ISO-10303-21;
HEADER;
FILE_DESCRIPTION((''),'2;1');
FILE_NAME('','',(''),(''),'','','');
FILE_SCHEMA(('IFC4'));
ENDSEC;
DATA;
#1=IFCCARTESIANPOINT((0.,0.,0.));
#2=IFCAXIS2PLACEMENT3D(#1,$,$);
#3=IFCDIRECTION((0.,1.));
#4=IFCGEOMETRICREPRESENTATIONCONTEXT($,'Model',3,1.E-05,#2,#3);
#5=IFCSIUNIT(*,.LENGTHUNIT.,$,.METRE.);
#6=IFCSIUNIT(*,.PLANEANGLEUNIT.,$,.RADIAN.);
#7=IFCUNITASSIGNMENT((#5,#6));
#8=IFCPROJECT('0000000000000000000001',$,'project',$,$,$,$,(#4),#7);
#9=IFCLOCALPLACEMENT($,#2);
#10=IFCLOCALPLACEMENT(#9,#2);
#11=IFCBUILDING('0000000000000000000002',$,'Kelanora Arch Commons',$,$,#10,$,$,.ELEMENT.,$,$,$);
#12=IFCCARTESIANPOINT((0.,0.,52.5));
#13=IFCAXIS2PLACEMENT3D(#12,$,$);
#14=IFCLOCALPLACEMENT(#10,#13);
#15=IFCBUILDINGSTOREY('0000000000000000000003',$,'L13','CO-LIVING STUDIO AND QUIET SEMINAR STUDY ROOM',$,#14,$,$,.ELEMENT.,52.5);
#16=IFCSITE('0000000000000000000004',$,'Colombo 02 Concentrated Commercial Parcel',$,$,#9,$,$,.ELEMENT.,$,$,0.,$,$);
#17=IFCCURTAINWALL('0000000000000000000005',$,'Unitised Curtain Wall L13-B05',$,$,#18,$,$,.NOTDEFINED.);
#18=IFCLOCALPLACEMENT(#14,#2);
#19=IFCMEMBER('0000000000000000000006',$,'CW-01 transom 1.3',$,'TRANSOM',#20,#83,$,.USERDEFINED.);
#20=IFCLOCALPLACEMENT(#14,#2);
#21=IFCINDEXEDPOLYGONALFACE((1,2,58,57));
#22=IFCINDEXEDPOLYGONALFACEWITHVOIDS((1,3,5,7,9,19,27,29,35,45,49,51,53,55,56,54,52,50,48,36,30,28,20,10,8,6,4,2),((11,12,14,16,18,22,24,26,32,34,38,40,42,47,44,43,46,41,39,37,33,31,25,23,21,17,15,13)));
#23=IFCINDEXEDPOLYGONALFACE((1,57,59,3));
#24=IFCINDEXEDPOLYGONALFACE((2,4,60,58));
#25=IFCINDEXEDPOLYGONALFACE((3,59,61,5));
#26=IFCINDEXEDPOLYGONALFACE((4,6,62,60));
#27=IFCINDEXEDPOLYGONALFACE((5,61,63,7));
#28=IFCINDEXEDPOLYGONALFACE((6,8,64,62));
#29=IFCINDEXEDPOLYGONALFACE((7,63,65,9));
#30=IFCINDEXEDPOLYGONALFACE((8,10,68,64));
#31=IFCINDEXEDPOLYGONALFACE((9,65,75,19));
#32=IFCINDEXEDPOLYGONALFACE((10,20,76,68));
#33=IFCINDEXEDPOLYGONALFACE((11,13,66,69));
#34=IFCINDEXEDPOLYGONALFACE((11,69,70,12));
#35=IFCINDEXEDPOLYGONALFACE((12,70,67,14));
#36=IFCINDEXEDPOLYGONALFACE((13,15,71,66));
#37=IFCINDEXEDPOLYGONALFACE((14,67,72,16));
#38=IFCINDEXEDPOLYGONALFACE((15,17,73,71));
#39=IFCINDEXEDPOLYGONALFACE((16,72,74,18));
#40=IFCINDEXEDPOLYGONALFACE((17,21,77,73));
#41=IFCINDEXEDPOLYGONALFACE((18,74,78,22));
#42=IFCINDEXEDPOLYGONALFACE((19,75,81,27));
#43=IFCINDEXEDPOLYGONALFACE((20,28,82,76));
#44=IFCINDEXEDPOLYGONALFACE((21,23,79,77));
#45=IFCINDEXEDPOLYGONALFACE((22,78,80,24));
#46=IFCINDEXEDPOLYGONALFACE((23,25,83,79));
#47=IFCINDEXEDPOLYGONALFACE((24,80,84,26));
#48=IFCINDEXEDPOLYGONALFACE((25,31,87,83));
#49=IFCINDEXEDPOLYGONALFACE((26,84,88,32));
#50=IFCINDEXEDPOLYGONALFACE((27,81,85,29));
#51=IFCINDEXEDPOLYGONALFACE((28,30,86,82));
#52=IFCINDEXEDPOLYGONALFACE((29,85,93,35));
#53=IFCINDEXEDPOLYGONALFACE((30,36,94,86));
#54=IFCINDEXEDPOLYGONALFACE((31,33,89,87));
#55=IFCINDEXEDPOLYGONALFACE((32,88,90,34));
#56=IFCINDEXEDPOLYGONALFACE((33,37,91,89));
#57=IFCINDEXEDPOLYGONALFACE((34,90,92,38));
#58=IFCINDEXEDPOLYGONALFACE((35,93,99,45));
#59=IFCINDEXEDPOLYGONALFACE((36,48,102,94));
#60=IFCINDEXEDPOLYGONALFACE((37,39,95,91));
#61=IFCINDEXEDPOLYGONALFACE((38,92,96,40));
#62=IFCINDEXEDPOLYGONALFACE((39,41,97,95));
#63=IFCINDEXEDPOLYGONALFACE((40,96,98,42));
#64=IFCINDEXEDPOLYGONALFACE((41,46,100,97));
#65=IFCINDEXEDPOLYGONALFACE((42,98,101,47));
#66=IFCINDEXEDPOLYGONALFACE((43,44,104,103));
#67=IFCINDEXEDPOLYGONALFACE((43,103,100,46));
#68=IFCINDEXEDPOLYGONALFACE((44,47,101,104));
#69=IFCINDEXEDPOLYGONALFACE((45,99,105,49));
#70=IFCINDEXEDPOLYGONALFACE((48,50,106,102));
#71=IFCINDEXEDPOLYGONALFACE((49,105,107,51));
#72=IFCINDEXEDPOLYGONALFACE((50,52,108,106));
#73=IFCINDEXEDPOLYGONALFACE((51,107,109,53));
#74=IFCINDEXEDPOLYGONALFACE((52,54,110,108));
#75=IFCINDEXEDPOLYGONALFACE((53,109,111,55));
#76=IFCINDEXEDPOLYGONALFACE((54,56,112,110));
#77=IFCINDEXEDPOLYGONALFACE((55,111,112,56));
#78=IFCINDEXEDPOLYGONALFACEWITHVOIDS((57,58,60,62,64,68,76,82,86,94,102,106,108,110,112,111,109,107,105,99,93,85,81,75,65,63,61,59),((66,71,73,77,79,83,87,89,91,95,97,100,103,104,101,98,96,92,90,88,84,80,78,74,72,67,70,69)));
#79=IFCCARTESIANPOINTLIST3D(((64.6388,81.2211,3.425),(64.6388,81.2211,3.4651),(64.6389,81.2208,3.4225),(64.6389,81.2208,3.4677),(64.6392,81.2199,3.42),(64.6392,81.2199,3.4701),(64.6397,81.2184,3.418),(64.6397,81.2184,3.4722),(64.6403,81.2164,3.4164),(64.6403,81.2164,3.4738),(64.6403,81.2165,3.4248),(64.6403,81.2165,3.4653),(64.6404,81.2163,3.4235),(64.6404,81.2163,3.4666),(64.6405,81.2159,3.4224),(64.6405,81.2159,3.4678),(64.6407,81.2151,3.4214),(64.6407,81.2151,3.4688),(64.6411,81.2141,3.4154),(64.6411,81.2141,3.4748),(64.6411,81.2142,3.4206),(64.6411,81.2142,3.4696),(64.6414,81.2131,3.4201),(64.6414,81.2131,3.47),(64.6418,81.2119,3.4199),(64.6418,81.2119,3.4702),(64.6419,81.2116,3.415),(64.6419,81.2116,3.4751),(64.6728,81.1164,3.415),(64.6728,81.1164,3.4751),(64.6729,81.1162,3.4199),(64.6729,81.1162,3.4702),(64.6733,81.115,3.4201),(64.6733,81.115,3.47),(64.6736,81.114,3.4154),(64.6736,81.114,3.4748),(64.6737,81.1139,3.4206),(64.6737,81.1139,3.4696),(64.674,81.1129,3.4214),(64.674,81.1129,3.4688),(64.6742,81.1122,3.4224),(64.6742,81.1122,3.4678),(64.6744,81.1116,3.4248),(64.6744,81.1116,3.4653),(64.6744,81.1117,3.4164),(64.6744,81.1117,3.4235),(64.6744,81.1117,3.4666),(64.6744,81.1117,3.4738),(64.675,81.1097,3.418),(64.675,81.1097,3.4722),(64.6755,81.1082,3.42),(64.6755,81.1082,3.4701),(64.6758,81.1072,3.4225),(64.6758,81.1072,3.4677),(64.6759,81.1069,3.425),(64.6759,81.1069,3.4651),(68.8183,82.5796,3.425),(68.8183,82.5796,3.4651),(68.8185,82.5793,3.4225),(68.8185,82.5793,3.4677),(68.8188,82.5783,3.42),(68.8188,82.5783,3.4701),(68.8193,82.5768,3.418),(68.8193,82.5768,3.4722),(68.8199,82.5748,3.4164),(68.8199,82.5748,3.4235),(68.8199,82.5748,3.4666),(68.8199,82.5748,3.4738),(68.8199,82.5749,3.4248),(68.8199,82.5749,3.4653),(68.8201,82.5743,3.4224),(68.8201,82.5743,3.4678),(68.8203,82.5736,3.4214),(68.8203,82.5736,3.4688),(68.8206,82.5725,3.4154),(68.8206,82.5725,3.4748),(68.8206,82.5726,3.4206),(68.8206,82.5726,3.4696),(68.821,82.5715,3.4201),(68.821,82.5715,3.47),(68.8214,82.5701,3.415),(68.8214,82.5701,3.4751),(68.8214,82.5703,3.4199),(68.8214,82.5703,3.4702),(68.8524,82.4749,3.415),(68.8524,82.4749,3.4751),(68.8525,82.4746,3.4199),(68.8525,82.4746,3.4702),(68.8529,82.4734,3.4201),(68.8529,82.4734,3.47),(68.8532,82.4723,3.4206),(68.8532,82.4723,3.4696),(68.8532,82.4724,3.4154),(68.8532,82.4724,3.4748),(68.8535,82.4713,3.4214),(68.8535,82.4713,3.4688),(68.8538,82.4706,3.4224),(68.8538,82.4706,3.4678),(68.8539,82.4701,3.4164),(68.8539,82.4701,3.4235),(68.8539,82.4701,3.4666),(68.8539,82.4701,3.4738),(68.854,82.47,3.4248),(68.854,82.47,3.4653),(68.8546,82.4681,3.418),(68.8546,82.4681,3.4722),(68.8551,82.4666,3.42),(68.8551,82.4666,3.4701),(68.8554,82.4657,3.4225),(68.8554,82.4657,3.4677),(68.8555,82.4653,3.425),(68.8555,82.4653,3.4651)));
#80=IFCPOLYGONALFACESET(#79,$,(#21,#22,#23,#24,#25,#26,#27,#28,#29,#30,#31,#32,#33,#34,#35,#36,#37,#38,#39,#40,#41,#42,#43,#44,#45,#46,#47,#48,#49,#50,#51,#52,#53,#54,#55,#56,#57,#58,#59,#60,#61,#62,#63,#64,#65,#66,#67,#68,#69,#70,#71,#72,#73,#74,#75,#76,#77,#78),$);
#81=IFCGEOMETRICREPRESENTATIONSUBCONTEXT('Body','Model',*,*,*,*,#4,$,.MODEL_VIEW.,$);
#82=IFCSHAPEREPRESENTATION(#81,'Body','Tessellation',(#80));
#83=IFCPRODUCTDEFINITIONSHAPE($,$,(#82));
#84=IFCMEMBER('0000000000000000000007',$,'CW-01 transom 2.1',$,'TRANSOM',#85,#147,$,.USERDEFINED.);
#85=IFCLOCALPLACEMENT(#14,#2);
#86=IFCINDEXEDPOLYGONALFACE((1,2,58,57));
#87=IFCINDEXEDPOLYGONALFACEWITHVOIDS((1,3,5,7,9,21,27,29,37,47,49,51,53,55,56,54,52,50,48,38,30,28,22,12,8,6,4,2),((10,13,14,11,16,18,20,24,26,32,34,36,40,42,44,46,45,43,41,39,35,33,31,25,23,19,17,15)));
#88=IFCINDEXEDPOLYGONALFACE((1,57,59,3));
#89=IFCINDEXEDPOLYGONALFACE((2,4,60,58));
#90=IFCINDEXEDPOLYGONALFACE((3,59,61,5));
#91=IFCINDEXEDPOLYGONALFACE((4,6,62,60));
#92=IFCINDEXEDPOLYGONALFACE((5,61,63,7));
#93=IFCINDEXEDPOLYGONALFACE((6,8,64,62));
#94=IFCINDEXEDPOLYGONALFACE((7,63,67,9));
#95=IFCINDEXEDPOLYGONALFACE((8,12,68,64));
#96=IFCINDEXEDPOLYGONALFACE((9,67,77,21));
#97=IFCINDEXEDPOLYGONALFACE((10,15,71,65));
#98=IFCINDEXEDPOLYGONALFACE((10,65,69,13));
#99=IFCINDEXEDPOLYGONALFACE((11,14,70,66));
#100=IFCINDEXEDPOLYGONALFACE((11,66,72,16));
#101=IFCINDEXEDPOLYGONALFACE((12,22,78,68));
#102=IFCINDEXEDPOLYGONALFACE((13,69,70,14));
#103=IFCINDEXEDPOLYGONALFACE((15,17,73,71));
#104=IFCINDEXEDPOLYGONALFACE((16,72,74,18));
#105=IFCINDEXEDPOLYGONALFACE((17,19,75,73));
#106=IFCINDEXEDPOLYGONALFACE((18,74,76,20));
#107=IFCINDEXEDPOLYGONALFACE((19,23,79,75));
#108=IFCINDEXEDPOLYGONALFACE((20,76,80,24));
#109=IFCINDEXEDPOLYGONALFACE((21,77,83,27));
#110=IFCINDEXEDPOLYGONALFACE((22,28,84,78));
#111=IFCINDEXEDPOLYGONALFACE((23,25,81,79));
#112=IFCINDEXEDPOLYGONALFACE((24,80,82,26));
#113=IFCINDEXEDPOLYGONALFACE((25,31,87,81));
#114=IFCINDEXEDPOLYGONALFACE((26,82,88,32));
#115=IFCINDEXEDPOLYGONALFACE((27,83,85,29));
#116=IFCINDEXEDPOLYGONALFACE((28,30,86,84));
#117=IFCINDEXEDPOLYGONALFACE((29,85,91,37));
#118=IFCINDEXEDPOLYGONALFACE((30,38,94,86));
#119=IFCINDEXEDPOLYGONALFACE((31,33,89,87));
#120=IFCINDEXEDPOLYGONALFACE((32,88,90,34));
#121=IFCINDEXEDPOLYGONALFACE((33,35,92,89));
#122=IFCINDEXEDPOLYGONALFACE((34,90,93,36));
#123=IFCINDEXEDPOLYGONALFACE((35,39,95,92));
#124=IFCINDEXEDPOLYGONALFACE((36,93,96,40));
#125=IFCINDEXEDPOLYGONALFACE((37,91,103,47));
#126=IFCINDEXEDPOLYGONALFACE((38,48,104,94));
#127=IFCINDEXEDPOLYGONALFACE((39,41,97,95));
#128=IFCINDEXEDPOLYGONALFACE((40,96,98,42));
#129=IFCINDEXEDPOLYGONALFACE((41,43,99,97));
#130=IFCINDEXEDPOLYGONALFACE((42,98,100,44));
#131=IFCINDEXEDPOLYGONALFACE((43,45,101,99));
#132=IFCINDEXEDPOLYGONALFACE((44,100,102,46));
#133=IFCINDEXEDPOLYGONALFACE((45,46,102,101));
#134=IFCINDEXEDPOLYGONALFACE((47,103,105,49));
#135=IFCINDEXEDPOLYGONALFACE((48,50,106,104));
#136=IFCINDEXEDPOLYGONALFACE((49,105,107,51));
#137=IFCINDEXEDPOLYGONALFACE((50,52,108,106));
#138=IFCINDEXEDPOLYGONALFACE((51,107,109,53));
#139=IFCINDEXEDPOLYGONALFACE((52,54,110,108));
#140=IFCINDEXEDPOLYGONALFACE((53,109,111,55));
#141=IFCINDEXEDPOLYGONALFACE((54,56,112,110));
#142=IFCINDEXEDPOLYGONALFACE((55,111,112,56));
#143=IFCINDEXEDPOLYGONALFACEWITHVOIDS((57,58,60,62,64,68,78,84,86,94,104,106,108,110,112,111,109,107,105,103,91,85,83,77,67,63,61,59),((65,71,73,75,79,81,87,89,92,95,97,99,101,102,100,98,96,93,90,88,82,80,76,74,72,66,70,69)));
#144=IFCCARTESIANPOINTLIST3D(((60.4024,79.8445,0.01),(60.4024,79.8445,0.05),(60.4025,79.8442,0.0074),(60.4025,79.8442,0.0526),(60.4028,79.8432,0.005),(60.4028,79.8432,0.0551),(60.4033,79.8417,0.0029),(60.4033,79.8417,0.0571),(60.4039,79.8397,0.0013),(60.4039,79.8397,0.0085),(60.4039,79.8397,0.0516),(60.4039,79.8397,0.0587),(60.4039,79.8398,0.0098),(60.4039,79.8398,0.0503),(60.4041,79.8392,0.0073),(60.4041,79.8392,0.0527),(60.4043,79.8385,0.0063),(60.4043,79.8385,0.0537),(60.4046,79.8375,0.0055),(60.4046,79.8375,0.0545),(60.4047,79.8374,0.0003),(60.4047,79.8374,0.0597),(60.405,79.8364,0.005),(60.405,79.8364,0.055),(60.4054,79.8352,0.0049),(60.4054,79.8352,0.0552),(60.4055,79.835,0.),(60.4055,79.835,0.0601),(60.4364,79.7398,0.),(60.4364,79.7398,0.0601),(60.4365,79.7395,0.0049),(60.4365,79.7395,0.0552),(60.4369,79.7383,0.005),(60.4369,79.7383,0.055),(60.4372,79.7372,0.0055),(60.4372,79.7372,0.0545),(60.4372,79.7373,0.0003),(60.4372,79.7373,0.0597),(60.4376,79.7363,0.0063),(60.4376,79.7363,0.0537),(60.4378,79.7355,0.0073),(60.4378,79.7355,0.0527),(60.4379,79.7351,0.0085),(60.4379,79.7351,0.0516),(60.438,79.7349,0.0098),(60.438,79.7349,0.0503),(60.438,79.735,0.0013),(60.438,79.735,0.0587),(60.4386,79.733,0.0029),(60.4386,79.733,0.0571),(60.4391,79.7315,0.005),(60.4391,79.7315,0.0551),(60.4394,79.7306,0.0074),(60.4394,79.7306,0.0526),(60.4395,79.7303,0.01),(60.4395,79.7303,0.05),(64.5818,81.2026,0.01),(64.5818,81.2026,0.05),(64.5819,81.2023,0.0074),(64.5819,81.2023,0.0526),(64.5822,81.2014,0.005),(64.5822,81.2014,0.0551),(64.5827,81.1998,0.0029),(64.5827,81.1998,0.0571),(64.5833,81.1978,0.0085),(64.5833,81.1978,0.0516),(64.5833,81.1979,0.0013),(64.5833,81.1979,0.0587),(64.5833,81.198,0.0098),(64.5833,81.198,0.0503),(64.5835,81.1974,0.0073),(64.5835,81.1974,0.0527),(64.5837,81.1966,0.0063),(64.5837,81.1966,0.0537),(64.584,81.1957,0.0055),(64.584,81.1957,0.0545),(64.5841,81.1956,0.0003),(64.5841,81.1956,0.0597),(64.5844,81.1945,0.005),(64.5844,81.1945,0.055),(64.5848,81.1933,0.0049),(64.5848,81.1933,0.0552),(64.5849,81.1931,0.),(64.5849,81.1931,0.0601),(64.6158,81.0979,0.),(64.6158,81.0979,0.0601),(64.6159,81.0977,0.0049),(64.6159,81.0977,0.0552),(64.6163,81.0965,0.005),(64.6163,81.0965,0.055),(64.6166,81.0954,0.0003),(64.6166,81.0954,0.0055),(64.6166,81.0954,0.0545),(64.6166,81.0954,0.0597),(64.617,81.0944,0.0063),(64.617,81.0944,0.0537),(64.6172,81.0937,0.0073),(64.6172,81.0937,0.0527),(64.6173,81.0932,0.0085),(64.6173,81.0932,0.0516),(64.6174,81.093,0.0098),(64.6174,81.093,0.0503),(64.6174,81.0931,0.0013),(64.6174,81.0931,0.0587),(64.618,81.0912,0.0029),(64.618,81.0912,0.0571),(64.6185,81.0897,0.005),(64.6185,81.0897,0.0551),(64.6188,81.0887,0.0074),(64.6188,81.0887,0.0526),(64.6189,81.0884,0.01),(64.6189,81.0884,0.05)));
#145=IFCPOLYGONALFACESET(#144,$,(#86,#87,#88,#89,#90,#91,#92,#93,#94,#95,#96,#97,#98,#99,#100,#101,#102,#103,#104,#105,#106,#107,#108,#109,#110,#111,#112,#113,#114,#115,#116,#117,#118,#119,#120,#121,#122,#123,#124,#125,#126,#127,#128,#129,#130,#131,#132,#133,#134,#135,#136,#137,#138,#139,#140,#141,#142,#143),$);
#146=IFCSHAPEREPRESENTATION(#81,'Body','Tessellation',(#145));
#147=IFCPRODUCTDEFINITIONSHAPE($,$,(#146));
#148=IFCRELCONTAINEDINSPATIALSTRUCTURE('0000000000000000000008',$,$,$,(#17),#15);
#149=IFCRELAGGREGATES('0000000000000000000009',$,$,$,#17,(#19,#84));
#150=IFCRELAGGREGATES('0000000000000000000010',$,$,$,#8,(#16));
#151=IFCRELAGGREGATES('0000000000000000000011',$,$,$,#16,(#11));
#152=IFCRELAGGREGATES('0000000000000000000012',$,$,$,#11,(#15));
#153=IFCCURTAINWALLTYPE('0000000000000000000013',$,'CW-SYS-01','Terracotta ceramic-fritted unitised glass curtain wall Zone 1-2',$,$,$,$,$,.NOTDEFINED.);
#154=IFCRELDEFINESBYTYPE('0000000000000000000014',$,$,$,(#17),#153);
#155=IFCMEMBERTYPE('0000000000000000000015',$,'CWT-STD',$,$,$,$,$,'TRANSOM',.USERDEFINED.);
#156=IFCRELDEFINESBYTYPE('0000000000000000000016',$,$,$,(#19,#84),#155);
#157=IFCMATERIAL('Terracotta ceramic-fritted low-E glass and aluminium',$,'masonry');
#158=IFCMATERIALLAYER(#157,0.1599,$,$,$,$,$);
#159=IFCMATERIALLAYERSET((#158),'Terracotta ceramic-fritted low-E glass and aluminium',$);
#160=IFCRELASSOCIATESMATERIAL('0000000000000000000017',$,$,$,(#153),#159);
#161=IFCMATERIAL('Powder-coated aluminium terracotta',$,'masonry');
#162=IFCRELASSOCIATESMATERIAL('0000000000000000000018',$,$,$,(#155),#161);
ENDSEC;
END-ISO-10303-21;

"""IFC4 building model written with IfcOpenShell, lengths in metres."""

from ifc_helpers import new_model, si_unit, direction, frame, origin, origin_2d, place, context, subcontext, project, spatial, hollow_rectangle, extrude, material, layer, layer_set, material_profile, profile_set, type_object, element, aggregate, save


model = new_model("IFC4")

# Units and contexts
model_context = context("Model", 3, precision=1e-05, world=origin(), true_north=direction((0.0, 1.0)))
body_context = subcontext(model_context, "Body", "Model", "MODEL_VIEW")
ifc_project = project(units=[si_unit("LENGTHUNIT", "METRE"), si_unit("PLANEANGLEUNIT", "RADIAN")], contexts=[model_context])

# Site, building, storey
site_placement = place(None, origin())
site = spatial("IfcSite", under=ifc_project, at=site_placement, Name="Colombo 02 Concentrated Commercial Parcel", CompositionType="ELEMENT", RefElevation=0.0)
building_placement = place(site_placement, origin())
building = spatial("IfcBuilding", under=site, at=building_placement, Name="Kelanora Arch Commons", CompositionType="ELEMENT")
storey_placement = place(building_placement, frame((0.0, 0.0, 52.5)))
storey = spatial("IfcBuildingStorey", under=building, at=storey_placement, Name="L13", Description="CO-LIVING STUDIO AND QUIET SEMINAR STUDY ROOM", CompositionType="ELEMENT", Elevation=52.5)

# Curtain wall, members
ifc_material_1 = material(Name="Terracotta ceramic-fritted low-E glass and aluminium", Category="masonry")
ifc_layer_1 = layer(ifc_material_1, 0.1599)
ifc_layer_set_1 = layer_set([ifc_layer_1], Name="Terracotta ceramic-fritted low-E glass and aluminium")
curtain_wall_type = type_object("IfcCurtainWallType", Name="CW-SYS-01", Description="Terracotta ceramic-fritted unitised glass curtain wall Zone 1-2", PredefinedType="NOTDEFINED", material=ifc_layer_set_1)
curtain_wall_placement = place(storey_placement, origin())
curtain_wall = element("IfcCurtainWall", 1, at=curtain_wall_placement, inside=storey, type_object=curtain_wall_type, Name="Unitised Curtain Wall L13-B05", PredefinedType="NOTDEFINED")
ifc_material_2 = material(Name="Powder-coated aluminium terracotta", Category="masonry")
ifc_material_profile_1 = material_profile(ifc_material_2, hollow_rectangle(XDim=0.1201, YDim=0.0601, WallThickness=0.0049, InnerFilletRadius=0.0049, OuterFilletRadius=0.01, at=origin_2d()), Name="CWT120x60")
ifc_profile_set_1 = profile_set([ifc_material_profile_1], Name="Powder-coated aluminium terracotta")
member_type_1 = type_object("IfcMemberType", Name="CWT-STD", ElementType="TRANSOM", PredefinedType="USERDEFINED", material=ifc_profile_set_1)
member_1_placement = place(storey_placement, frame((68.8369, 82.5225, 3.4451), z_axis=(-0.951029, -0.309102, 0.0), x_axis=(0.309102, -0.951029, 0.0)))
member_1 = element("IfcMember", 2, at=member_1_placement, type_object=member_type_1, Name="CW-01 transom 1.3", ObjectType="TRANSOM", PredefinedType="USERDEFINED", context=body_context, shape_type="SweptSolid", body=[
    extrude(hollow_rectangle(XDim=0.1201, YDim=0.0601, WallThickness=0.0049, InnerFilletRadius=0.0049, OuterFilletRadius=0.01, at=origin_2d()), origin(), (0.0, 0.0, 1.0), 4.3948),
])
member_2_placement = place(storey_placement, frame((64.6003, 81.1455, 0.03), z_axis=(-0.951045, -0.309052, 0.0), x_axis=(0.309052, -0.951045, 0.0)))
member_2 = element("IfcMember", 3, at=member_2_placement, type_object=member_type_1, Name="CW-01 transom 2.1", ObjectType="TRANSOM", PredefinedType="USERDEFINED", context=body_context, shape_type="SweptSolid", body=[
    extrude(hollow_rectangle(XDim=0.1201, YDim=0.0601, WallThickness=0.0049, InnerFilletRadius=0.0049, OuterFilletRadius=0.01, at=origin_2d()), origin(), (0.0, 0.0, 1.0), 4.3945),
])
aggregate(curtain_wall, [member_1, member_2])

save(model, "model.ifc")
